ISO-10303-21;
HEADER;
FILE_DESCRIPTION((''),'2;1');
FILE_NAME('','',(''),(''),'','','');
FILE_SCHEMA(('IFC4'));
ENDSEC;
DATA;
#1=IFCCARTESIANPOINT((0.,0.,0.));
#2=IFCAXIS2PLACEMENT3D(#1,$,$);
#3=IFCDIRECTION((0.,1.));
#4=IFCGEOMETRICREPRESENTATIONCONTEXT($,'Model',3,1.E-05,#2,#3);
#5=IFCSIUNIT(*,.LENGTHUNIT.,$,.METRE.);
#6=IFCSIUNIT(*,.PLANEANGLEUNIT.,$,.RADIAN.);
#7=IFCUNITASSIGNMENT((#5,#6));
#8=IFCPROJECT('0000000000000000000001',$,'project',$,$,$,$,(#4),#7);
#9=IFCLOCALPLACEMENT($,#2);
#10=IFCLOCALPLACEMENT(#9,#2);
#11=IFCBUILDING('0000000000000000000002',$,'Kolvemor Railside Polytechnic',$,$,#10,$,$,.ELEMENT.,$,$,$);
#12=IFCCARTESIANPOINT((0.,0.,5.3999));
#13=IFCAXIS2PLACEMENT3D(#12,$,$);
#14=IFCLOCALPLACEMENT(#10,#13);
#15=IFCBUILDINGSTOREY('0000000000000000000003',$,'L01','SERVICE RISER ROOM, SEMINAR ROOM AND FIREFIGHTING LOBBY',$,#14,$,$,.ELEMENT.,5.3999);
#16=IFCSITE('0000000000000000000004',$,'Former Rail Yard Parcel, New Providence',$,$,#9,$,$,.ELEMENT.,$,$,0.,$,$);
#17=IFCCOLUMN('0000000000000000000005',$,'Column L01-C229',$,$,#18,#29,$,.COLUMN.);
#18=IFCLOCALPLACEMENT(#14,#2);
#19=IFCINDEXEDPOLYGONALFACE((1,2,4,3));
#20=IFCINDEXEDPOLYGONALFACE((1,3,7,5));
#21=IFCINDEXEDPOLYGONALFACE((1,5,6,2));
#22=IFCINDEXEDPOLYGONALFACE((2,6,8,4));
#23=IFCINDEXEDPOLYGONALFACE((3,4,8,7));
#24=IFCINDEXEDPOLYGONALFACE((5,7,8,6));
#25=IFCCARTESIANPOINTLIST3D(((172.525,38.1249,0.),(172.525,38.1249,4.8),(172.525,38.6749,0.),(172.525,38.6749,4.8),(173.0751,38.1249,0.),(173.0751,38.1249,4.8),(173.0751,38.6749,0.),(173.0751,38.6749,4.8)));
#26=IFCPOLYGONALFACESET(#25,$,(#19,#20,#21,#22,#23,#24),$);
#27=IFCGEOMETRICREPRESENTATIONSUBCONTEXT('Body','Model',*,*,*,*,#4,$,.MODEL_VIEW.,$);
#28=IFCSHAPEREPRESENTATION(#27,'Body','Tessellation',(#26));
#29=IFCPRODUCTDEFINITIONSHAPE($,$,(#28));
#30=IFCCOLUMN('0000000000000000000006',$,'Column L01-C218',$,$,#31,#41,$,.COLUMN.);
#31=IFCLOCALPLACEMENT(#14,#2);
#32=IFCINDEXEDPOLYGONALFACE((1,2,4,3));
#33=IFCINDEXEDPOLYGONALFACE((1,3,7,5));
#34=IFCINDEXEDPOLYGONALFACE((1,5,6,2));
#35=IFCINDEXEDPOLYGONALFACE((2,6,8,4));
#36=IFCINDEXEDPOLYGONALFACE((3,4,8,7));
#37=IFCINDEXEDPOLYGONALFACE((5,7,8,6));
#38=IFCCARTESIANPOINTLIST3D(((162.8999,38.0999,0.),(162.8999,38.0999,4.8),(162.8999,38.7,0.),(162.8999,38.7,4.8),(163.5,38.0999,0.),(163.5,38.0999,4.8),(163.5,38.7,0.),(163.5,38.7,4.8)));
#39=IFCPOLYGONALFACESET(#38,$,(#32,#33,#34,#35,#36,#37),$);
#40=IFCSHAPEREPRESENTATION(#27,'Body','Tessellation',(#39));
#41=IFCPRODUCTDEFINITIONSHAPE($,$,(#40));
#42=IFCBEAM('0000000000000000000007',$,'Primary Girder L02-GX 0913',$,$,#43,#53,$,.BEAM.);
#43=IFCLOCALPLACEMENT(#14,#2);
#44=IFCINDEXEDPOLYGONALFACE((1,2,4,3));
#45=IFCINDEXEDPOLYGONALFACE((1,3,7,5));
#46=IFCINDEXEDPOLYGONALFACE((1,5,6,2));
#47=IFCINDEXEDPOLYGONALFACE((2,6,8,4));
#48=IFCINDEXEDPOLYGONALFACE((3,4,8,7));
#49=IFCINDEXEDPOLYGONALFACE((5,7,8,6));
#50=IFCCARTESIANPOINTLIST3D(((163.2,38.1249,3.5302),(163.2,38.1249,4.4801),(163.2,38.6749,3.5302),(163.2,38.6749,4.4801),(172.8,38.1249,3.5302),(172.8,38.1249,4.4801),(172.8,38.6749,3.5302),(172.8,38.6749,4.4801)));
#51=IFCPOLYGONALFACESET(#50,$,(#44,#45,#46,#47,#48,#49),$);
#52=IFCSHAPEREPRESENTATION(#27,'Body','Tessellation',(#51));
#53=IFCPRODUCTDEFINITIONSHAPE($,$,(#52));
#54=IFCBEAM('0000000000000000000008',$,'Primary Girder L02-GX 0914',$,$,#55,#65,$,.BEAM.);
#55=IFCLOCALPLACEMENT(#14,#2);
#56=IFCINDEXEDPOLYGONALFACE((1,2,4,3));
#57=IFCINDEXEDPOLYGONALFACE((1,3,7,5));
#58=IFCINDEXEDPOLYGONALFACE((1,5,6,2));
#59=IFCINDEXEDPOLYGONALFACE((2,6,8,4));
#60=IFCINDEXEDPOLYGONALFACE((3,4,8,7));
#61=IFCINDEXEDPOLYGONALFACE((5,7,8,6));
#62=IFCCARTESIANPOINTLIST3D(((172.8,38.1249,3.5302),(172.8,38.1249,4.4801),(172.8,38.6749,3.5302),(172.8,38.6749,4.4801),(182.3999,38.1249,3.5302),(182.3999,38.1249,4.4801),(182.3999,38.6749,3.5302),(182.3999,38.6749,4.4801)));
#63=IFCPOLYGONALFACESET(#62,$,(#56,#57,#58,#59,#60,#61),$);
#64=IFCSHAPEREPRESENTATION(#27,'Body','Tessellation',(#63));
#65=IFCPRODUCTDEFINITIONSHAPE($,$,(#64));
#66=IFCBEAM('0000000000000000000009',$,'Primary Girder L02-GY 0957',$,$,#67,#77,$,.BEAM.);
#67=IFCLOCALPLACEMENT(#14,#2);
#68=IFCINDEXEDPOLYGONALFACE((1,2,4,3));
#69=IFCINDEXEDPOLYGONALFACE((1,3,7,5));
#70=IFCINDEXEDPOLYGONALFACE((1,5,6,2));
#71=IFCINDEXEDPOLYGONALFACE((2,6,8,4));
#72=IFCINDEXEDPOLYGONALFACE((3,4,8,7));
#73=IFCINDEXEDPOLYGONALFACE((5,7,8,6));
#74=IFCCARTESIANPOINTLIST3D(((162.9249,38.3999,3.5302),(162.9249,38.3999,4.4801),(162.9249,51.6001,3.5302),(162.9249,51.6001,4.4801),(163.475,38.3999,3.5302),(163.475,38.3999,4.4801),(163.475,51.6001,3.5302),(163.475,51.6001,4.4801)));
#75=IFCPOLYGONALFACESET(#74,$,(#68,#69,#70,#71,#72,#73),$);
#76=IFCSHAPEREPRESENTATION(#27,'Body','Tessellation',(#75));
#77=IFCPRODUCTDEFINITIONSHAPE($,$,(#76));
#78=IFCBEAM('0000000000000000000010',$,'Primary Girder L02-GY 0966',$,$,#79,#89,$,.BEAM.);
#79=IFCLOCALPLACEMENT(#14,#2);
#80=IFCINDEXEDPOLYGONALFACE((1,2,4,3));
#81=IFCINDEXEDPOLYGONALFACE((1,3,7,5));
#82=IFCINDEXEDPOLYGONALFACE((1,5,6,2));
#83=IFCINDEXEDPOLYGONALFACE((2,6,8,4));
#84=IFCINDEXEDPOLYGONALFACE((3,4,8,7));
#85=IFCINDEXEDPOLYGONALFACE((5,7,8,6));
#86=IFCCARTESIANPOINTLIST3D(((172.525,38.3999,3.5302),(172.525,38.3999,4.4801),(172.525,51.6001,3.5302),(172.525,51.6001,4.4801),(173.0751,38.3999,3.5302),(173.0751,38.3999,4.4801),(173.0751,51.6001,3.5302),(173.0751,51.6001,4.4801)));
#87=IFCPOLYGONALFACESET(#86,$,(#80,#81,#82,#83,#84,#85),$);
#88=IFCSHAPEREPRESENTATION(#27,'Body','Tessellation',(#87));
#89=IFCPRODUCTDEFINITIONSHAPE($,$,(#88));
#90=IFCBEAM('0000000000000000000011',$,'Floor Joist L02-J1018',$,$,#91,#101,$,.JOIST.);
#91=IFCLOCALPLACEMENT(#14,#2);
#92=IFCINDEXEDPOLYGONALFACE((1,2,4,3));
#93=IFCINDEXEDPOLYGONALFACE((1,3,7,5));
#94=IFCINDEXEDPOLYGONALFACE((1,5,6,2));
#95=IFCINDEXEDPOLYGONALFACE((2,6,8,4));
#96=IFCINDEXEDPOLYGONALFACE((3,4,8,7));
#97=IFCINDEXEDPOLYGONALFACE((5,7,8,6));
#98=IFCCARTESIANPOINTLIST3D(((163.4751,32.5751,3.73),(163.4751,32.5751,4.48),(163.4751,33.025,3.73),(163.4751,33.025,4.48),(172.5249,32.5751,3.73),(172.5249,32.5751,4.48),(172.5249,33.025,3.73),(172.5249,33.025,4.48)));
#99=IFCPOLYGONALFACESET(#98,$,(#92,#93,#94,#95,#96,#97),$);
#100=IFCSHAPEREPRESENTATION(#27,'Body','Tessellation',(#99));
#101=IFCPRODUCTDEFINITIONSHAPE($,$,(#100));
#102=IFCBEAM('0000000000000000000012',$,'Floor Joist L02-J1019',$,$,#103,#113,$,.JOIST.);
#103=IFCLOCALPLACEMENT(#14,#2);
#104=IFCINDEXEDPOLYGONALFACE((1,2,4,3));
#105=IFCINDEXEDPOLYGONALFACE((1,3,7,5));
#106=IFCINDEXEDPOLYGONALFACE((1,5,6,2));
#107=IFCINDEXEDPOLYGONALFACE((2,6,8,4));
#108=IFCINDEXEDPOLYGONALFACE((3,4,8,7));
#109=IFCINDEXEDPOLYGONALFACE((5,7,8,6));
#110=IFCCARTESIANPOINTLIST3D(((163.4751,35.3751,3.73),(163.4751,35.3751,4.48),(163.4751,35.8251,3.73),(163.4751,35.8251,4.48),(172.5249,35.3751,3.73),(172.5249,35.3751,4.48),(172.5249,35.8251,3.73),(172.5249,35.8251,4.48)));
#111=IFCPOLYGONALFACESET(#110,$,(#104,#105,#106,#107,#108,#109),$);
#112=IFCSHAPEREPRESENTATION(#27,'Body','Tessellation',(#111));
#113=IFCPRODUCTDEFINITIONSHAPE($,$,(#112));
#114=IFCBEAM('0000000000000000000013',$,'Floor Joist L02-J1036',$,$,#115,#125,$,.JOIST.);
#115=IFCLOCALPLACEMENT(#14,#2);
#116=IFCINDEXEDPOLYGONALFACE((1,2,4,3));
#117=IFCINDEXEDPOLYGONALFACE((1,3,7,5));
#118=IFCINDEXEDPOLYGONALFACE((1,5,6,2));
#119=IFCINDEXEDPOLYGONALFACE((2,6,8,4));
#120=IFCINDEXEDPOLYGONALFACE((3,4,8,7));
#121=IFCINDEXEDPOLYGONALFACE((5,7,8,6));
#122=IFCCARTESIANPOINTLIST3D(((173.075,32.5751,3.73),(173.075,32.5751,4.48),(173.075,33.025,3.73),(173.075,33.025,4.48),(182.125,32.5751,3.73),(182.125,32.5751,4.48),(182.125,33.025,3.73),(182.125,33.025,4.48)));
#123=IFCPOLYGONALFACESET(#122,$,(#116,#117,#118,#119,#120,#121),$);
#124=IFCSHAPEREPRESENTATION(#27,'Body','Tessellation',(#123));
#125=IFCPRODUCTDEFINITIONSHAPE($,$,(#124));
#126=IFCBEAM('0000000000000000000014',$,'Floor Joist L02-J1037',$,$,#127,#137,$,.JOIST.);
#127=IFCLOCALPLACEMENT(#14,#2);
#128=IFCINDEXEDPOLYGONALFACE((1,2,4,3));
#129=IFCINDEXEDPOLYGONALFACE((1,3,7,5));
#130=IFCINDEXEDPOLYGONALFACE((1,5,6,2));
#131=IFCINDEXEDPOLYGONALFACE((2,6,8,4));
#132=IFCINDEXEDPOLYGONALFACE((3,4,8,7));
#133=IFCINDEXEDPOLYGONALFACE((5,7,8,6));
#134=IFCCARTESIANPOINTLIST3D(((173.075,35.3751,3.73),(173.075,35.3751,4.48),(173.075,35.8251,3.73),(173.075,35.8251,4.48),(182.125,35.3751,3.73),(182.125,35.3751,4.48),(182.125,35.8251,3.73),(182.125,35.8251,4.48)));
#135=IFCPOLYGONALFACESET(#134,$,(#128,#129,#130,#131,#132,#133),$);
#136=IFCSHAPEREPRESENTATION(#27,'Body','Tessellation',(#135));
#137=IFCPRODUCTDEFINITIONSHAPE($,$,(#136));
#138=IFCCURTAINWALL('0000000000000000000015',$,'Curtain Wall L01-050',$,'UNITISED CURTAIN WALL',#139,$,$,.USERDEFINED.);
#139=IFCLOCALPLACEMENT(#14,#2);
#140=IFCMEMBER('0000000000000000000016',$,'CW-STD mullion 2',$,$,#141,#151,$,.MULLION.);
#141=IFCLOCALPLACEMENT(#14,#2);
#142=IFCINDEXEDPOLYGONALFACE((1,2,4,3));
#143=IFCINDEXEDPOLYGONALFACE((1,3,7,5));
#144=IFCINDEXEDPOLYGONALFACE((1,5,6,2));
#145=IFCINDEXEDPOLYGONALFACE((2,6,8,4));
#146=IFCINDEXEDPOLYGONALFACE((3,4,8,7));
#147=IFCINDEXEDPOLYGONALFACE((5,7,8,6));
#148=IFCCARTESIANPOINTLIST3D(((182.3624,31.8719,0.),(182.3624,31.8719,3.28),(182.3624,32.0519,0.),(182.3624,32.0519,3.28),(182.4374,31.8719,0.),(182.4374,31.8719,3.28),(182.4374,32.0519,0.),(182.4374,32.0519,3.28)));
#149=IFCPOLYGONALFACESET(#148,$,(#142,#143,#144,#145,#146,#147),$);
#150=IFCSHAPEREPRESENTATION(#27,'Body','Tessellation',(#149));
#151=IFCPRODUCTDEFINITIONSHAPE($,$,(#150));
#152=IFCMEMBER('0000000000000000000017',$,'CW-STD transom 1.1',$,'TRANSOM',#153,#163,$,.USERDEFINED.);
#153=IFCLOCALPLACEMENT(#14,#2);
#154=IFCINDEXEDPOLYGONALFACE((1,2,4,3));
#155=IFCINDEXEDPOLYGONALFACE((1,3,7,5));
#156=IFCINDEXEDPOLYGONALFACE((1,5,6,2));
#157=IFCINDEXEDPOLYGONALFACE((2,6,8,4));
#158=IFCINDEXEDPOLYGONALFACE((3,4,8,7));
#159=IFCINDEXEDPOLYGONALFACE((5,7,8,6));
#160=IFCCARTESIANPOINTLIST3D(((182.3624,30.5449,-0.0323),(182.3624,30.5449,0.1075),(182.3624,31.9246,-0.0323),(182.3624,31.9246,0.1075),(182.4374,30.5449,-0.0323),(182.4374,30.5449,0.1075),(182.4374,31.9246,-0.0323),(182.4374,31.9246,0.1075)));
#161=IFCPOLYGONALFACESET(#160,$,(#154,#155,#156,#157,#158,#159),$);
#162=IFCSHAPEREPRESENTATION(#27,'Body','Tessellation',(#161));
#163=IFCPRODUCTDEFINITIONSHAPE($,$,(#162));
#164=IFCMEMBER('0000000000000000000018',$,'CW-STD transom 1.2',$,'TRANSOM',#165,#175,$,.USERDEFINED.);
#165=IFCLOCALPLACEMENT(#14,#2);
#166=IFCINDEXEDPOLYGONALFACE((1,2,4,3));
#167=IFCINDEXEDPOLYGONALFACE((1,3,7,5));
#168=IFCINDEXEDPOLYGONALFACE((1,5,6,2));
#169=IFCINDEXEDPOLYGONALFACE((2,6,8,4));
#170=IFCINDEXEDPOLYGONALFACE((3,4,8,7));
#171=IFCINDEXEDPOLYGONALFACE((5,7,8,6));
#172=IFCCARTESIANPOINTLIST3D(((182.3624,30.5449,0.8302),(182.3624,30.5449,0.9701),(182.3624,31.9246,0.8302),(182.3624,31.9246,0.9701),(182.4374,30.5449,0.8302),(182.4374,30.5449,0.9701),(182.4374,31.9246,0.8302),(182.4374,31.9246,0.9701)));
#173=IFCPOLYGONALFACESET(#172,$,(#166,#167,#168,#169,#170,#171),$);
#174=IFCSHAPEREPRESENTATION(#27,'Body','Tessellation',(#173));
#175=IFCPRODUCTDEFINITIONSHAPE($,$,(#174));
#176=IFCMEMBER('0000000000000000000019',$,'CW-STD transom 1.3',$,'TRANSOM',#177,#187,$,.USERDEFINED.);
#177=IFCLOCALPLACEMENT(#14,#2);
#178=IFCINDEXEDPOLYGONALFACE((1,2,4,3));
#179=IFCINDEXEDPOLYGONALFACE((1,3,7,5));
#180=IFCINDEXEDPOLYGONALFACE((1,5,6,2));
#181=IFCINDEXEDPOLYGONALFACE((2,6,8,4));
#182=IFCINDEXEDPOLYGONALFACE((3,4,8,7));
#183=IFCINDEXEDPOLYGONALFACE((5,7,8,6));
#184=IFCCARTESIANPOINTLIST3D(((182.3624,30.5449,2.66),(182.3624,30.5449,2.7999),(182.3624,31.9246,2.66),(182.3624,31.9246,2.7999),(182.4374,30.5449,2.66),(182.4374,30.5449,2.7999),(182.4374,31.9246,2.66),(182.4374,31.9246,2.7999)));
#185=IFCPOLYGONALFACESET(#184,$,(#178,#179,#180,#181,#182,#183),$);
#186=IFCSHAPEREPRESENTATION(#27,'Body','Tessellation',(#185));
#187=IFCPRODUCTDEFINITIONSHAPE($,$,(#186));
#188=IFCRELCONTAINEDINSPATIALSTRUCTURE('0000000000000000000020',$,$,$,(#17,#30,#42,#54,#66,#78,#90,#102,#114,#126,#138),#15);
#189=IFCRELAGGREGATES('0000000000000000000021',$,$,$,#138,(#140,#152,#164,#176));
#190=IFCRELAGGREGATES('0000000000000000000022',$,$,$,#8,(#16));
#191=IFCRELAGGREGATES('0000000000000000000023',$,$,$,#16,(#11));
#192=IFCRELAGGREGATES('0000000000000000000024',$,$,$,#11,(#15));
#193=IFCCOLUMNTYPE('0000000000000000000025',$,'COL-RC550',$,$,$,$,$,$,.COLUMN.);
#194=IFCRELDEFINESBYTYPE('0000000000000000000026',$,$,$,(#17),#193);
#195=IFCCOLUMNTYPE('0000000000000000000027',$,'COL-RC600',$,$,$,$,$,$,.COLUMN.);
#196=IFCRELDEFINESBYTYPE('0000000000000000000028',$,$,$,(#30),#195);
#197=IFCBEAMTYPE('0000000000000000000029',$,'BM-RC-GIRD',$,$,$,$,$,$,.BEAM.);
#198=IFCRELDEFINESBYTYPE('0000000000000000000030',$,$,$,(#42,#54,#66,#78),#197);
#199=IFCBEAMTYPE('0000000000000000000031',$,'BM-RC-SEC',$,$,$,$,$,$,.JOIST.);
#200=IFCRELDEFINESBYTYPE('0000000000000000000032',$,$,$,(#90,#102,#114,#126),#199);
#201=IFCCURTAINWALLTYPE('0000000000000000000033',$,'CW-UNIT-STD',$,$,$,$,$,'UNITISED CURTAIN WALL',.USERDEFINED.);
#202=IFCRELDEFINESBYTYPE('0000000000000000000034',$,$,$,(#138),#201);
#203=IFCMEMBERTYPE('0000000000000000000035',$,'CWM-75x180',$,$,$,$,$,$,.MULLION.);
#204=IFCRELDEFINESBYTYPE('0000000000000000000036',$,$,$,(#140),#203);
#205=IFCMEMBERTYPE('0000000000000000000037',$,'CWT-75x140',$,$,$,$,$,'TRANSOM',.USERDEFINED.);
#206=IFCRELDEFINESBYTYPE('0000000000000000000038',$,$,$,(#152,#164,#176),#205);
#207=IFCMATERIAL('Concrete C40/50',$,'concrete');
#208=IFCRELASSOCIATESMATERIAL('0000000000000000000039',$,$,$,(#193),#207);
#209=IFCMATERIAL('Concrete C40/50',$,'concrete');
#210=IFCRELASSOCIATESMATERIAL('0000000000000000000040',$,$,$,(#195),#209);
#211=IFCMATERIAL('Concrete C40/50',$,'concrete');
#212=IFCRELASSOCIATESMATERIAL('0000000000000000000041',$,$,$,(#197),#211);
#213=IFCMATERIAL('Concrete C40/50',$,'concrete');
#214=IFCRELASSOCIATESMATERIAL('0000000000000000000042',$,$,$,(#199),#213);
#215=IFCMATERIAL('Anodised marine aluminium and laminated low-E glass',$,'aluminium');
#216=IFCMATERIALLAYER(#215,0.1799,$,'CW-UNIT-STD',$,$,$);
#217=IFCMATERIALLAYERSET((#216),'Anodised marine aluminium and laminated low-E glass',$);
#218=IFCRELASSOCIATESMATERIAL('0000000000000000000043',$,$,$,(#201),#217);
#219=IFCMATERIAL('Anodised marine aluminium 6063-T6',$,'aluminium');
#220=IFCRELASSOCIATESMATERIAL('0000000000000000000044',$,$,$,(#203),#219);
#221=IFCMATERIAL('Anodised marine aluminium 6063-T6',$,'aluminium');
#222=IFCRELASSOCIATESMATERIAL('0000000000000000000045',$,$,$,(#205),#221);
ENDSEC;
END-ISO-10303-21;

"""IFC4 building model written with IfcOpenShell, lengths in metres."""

from ifc_helpers import new_model, si_unit, direction, frame, origin, origin_2d, place, context, subcontext, project, spatial, rectangle, extrude, material, layer, layer_set, material_profile, profile_set, type_object, element, aggregate, save


model = new_model("IFC4")

# Units and contexts
model_context = context("Model", 3, precision=1e-05, world=origin(), true_north=direction((0.0, 1.0)))
body_context = subcontext(model_context, "Body", "Model", "MODEL_VIEW")
ifc_project = project(units=[si_unit("LENGTHUNIT", "METRE"), si_unit("PLANEANGLEUNIT", "RADIAN")], contexts=[model_context])

# Site, building, storey
site_placement = place(None, origin())
site = spatial("IfcSite", under=ifc_project, at=site_placement, Name="Former Rail Yard Parcel, New Providence", CompositionType="ELEMENT", RefElevation=0.0)
building_placement = place(site_placement, origin())
building = spatial("IfcBuilding", under=site, at=building_placement, Name="Kolvemor Railside Polytechnic", CompositionType="ELEMENT")
storey_placement = place(building_placement, frame((0.0, 0.0, 5.3999)))
storey = spatial("IfcBuildingStorey", under=building, at=storey_placement, Name="L01", Description="SERVICE RISER ROOM, SEMINAR ROOM AND FIREFIGHTING LOBBY", CompositionType="ELEMENT", Elevation=5.3999)

# Columns
ifc_material_1 = material(Name="Concrete C40/50", Category="concrete")
ifc_material_profile_1 = material_profile(ifc_material_1, rectangle(XDim=0.55, YDim=0.55, at=origin_2d()), Name="RC550x550")
ifc_profile_set_1 = profile_set([ifc_material_profile_1], Name="Concrete C40/50")
column_type_1 = type_object("IfcColumnType", Name="COL-RC550", PredefinedType="COLUMN", material=ifc_profile_set_1)
column_1_placement = place(storey_placement, frame((172.8, 38.3999, 0.0), z_axis=(0.0, 0.0, 1.0), x_axis=(1.0, 0.0, 0.0)))
element("IfcColumn", 1, at=column_1_placement, inside=storey, type_object=column_type_1, Name="Column L01-C229", PredefinedType="COLUMN", context=body_context, shape_type="SweptSolid", body=[
    extrude(rectangle(XDim=0.55, YDim=0.55, at=origin_2d()), origin(), (0.0, 0.0, 1.0), 4.8),
])
ifc_material_2 = material(Name="Concrete C40/50", Category="concrete")
ifc_material_profile_2 = material_profile(ifc_material_2, rectangle(XDim=0.6001, YDim=0.6001, at=origin_2d()), Name="RC600x600")
ifc_profile_set_2 = profile_set([ifc_material_profile_2], Name="Concrete C40/50")
column_type_2 = type_object("IfcColumnType", Name="COL-RC600", PredefinedType="COLUMN", material=ifc_profile_set_2)
column_2_placement = place(storey_placement, frame((163.2, 38.3999, 0.0), z_axis=(0.0, 0.0, 1.0), x_axis=(1.0, 0.0, 0.0)))
element("IfcColumn", 2, at=column_2_placement, inside=storey, type_object=column_type_2, Name="Column L01-C218", PredefinedType="COLUMN", context=body_context, shape_type="SweptSolid", body=[
    extrude(rectangle(XDim=0.6001, YDim=0.6001, at=origin_2d()), origin(), (0.0, 0.0, 1.0), 4.8),
])

# Beams
ifc_material_3 = material(Name="Concrete C40/50", Category="concrete")
ifc_material_profile_3 = material_profile(ifc_material_3, rectangle(XDim=0.55, YDim=0.95, at=origin_2d()), Name="RC550x950")
ifc_profile_set_3 = profile_set([ifc_material_profile_3], Name="Concrete C40/50")
beam_type_1 = type_object("IfcBeamType", Name="BM-RC-GIRD", PredefinedType="BEAM", material=ifc_profile_set_3)
beam_1_placement = place(storey_placement, frame((163.2, 38.3999, 4.0051), z_axis=(1.0, 0.0, 0.0), x_axis=(0.0, 1.0, 0.0)))
element("IfcBeam", 3, at=beam_1_placement, inside=storey, type_object=beam_type_1, Name="Primary Girder L02-GX 0913", PredefinedType="BEAM", context=body_context, shape_type="SweptSolid", body=[
    extrude(rectangle(XDim=0.55, YDim=0.95, at=origin_2d()), origin(), (0.0, 0.0, 1.0), 9.6001),
])
beam_2_placement = place(storey_placement, frame((172.8, 38.3999, 4.0051), z_axis=(1.0, 0.0, 0.0), x_axis=(0.0, 1.0, 0.0)))
element("IfcBeam", 4, at=beam_2_placement, inside=storey, type_object=beam_type_1, Name="Primary Girder L02-GX 0914", PredefinedType="BEAM", context=body_context, shape_type="SweptSolid", body=[
    extrude(rectangle(XDim=0.55, YDim=0.95, at=origin_2d()), origin(), (0.0, 0.0, 1.0), 9.5999),
])
for number, where, z_axis, x_axis, name in (
    (5, (163.2, 38.3999, 4.0051), (0.0, 1.0, 0.0), (-1.0, 0.0, 0.0), "Primary Girder L02-GY 0957"),
    (6, (172.8, 38.3999, 4.0051), (0.0, 1.0, 0.0), (-1.0, 0.0, 0.0), "Primary Girder L02-GY 0966"),
):
    element("IfcBeam", number, at=place(storey_placement, frame(where, z_axis=z_axis, x_axis=x_axis)), inside=storey, type_object=beam_type_1, Name=name, PredefinedType="BEAM", context=body_context, shape_type="SweptSolid", body=[
        extrude(rectangle(XDim=0.55, YDim=0.95, at=origin_2d()), origin(), (0.0, 0.0, 1.0), 13.2002),
    ])
ifc_material_4 = material(Name="Concrete C40/50", Category="concrete")
ifc_material_profile_4 = material_profile(ifc_material_4, rectangle(XDim=0.45, YDim=0.75, at=origin_2d()), Name="RC450x750")
ifc_profile_set_4 = profile_set([ifc_material_profile_4], Name="Concrete C40/50")
beam_type_2 = type_object("IfcBeamType", Name="BM-RC-SEC", PredefinedType="JOIST", material=ifc_profile_set_4)
for number, where, z_axis, x_axis, name in (
    (7, (163.4751, 32.8, 4.105), (1.0, 0.0, 0.0), (0.0, 1.0, 0.0), "Floor Joist L02-J1018"),
    (8, (163.4751, 35.6001, 4.105), (1.0, 0.0, 0.0), (0.0, 1.0, 0.0), "Floor Joist L02-J1019"),
):
    element("IfcBeam", number, at=place(storey_placement, frame(where, z_axis=z_axis, x_axis=x_axis)), inside=storey, type_object=beam_type_2, Name=name, PredefinedType="JOIST", context=body_context, shape_type="SweptSolid", body=[
        extrude(rectangle(XDim=0.45, YDim=0.75, at=origin_2d()), origin(), (0.0, 0.0, 1.0), 9.0498),
    ])
for number, where, z_axis, x_axis, name in (
    (9, (173.075, 32.8, 4.105), (1.0, 0.0, 0.0), (0.0, 1.0, 0.0), "Floor Joist L02-J1036"),
    (10, (173.075, 35.6001, 4.105), (1.0, 0.0, 0.0), (0.0, 1.0, 0.0), "Floor Joist L02-J1037"),
):
    element("IfcBeam", number, at=place(storey_placement, frame(where, z_axis=z_axis, x_axis=x_axis)), inside=storey, type_object=beam_type_2, Name=name, PredefinedType="JOIST", context=body_context, shape_type="SweptSolid", body=[
        extrude(rectangle(XDim=0.45, YDim=0.75, at=origin_2d()), origin(), (0.0, 0.0, 1.0), 9.05),
    ])

# Curtain wall, members
ifc_material_5 = material(Name="Anodised marine aluminium and laminated low-E glass", Category="aluminium")
ifc_layer_1 = layer(ifc_material_5, 0.1799, Name="CW-UNIT-STD")
ifc_layer_set_1 = layer_set([ifc_layer_1], Name="Anodised marine aluminium and laminated low-E glass")
curtain_wall_type = type_object("IfcCurtainWallType", Name="CW-UNIT-STD", ElementType="UNITISED CURTAIN WALL", PredefinedType="USERDEFINED", material=ifc_layer_set_1)
curtain_wall_placement = place(storey_placement, origin())
curtain_wall = element("IfcCurtainWall", 11, at=curtain_wall_placement, inside=storey, type_object=curtain_wall_type, Name="Curtain Wall L01-050", ObjectType="UNITISED CURTAIN WALL", PredefinedType="USERDEFINED")
ifc_material_6 = material(Name="Anodised marine aluminium 6063-T6", Category="aluminium")
ifc_material_profile_5 = material_profile(ifc_material_6, rectangle(XDim=0.075, YDim=0.1799, at=origin_2d()), Name="CW-MUL-75x180")
ifc_profile_set_5 = profile_set([ifc_material_profile_5], Name="Anodised marine aluminium 6063-T6")
member_type_1 = type_object("IfcMemberType", Name="CWM-75x180", PredefinedType="MULLION", material=ifc_profile_set_5)
member_1_placement = place(storey_placement, frame((182.3999, 31.9619, 0.0), z_axis=(0.0, 0.0, 1.0), x_axis=(-1.0, 0.0, 0.0)))
member_1 = element("IfcMember", 12, at=member_1_placement, type_object=member_type_1, Name="CW-STD mullion 2", PredefinedType="MULLION", context=body_context, shape_type="SweptSolid", body=[
    extrude(rectangle(XDim=0.075, YDim=0.1799, at=origin_2d()), origin(), (0.0, 0.0, 1.0), 3.28),
])
ifc_material_7 = material(Name="Anodised marine aluminium 6063-T6", Category="aluminium")
ifc_material_profile_6 = material_profile(ifc_material_7, rectangle(XDim=0.075, YDim=0.1399, at=origin_2d()), Name="CW-TRN-75x140")
ifc_profile_set_6 = profile_set([ifc_material_profile_6], Name="Anodised marine aluminium 6063-T6")
member_type_2 = type_object("IfcMemberType", Name="CWT-75x140", ElementType="TRANSOM", PredefinedType="USERDEFINED", material=ifc_profile_set_6)
member_2_placement = place(storey_placement, frame((182.3999, 30.5449, 0.0376), z_axis=(0.0, 1.0, 0.0), x_axis=(-1.0, 0.0, 0.0)))
member_2 = element("IfcMember", 13, at=member_2_placement, type_object=member_type_2, Name="CW-STD transom 1.1", ObjectType="TRANSOM", PredefinedType="USERDEFINED", context=body_context, shape_type="SweptSolid", body=[
    extrude(rectangle(XDim=0.075, YDim=0.1399, at=origin_2d()), origin(), (0.0, 0.0, 1.0), 1.3796),
])
member_3_placement = place(storey_placement, frame((182.3999, 30.5449, 0.9001), z_axis=(0.0, 1.0, 0.0), x_axis=(-1.0, 0.0, 0.0)))
member_3 = element("IfcMember", 14, at=member_3_placement, type_object=member_type_2, Name="CW-STD transom 1.2", ObjectType="TRANSOM", PredefinedType="USERDEFINED", context=body_context, shape_type="SweptSolid", body=[
    extrude(rectangle(XDim=0.075, YDim=0.1399, at=origin_2d()), origin(), (0.0, 0.0, 1.0), 1.3796),
])
member_4_placement = place(storey_placement, frame((182.3999, 30.5449, 2.73), z_axis=(0.0, 1.0, 0.0), x_axis=(-1.0, 0.0, 0.0)))
member_4 = element("IfcMember", 15, at=member_4_placement, type_object=member_type_2, Name="CW-STD transom 1.3", ObjectType="TRANSOM", PredefinedType="USERDEFINED", context=body_context, shape_type="SweptSolid", body=[
    extrude(rectangle(XDim=0.075, YDim=0.1399, at=origin_2d()), origin(), (0.0, 0.0, 1.0), 1.3796),
])
aggregate(curtain_wall, [member_1, member_2, member_3, member_4])

save(model, "model.ifc")
